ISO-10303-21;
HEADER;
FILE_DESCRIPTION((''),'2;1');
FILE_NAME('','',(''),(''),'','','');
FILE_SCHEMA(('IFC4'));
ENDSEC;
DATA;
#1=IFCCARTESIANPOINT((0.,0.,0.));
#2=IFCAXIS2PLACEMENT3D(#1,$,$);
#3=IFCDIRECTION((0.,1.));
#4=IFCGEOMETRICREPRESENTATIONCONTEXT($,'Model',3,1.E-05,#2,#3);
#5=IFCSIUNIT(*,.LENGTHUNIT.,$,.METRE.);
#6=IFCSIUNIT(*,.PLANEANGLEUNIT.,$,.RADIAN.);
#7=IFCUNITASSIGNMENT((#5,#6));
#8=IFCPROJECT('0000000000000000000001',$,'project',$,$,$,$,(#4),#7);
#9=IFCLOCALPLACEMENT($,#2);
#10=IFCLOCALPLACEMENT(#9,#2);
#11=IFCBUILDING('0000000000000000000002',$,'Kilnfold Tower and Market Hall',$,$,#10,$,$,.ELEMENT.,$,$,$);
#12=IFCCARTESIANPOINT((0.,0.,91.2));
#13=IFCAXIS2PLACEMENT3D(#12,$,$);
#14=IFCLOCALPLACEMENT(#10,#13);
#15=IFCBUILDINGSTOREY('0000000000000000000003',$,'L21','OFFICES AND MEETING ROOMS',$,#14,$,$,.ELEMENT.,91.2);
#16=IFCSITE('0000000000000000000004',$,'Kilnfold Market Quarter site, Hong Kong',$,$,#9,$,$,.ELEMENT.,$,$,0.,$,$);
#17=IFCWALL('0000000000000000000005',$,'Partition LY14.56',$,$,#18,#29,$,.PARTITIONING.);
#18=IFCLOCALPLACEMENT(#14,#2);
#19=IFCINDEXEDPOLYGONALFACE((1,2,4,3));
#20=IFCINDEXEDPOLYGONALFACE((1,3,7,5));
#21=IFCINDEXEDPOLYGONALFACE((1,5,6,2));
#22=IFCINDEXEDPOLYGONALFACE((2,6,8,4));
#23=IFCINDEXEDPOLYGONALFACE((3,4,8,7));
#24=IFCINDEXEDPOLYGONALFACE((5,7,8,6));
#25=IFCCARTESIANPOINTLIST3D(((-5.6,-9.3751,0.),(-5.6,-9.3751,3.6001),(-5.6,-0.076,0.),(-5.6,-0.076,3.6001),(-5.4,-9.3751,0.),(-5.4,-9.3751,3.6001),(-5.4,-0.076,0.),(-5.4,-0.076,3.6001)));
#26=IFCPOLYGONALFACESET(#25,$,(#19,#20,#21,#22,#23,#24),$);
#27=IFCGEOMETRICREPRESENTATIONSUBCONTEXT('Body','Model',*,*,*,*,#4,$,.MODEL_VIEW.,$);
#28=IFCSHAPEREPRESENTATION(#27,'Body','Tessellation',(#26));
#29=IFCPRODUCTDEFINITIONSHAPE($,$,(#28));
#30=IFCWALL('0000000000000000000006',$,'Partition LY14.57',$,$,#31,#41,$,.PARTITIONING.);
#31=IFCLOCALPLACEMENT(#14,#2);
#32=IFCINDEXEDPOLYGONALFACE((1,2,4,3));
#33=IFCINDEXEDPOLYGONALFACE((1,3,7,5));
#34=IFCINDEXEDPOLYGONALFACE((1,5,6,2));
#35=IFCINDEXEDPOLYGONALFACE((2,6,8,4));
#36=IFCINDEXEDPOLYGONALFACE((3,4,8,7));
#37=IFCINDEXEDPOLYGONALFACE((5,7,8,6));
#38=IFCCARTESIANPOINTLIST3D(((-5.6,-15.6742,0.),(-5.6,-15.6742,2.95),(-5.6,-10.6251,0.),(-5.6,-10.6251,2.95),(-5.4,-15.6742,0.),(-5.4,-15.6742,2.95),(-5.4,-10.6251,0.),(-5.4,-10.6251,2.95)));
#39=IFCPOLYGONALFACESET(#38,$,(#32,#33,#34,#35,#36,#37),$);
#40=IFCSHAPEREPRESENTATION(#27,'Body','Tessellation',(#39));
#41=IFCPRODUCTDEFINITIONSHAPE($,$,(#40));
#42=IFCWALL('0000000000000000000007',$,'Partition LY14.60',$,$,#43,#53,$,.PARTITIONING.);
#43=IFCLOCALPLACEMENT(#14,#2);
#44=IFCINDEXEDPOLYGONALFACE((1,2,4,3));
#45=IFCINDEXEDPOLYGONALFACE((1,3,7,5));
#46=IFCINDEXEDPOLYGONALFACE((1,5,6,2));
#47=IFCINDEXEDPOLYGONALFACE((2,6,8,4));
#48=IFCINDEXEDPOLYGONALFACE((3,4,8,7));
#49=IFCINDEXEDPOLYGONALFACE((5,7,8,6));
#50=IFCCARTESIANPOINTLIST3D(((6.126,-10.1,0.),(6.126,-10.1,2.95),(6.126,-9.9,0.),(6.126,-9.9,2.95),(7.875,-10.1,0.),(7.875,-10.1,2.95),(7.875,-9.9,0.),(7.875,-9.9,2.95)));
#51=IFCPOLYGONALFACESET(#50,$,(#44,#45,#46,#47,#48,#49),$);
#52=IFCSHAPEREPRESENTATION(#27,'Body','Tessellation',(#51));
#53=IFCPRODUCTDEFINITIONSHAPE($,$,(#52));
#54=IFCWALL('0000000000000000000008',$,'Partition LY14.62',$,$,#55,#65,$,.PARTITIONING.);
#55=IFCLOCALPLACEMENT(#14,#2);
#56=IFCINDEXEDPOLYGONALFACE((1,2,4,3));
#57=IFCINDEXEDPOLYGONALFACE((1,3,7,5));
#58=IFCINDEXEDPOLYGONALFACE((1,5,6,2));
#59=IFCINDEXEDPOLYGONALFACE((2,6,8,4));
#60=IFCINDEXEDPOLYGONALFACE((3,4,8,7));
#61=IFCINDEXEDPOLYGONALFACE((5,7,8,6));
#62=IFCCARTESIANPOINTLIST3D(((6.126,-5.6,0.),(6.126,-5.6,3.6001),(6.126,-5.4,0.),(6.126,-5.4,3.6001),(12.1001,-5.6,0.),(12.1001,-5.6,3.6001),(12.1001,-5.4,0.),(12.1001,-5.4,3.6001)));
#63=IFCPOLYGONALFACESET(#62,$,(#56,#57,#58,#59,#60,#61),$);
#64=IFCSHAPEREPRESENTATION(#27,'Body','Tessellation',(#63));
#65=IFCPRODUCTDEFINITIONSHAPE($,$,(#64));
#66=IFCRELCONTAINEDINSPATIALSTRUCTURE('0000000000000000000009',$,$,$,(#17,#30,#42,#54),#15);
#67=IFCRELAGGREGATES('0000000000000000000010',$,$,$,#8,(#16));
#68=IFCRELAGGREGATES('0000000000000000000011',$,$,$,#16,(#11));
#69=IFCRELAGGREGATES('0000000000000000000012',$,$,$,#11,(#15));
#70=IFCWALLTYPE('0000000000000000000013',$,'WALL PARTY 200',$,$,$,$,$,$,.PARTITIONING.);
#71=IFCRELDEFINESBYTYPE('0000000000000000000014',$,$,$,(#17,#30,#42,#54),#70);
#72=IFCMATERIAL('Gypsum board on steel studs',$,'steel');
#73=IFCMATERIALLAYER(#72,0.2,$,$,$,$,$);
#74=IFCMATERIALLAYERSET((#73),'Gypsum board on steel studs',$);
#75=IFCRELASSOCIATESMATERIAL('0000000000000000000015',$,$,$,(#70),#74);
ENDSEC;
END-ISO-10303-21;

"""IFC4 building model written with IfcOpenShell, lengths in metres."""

from ifc_helpers import new_model, si_unit, direction, frame, frame_2d, origin, place, context, subcontext, project, spatial, rectangle, extrude, material, layer, layer_set, type_object, element, save


model = new_model("IFC4")

# Units and contexts
model_context = context("Model", 3, precision=1e-05, world=origin(), true_north=direction((0.0, 1.0)))
body_context = subcontext(model_context, "Body", "Model", "MODEL_VIEW")
ifc_project = project(units=[si_unit("LENGTHUNIT", "METRE"), si_unit("PLANEANGLEUNIT", "RADIAN")], contexts=[model_context])

# Site, building, storey
site_placement = place(None, origin())
site = spatial("IfcSite", under=ifc_project, at=site_placement, Name="Kilnfold Market Quarter site, Hong Kong", CompositionType="ELEMENT", RefElevation=0.0)
building_placement = place(site_placement, origin())
building = spatial("IfcBuilding", under=site, at=building_placement, Name="Kilnfold Tower and Market Hall", CompositionType="ELEMENT")
storey_placement = place(building_placement, frame((0.0, 0.0, 91.2)))
storey = spatial("IfcBuildingStorey", under=building, at=storey_placement, Name="L21", Description="OFFICES AND MEETING ROOMS", CompositionType="ELEMENT", Elevation=91.2)

# Walls
ifc_material_1 = material(Name="Gypsum board on steel studs", Category="steel")
ifc_layer_1 = layer(ifc_material_1, 0.2)
ifc_layer_set_1 = layer_set([ifc_layer_1], Name="Gypsum board on steel studs")
wall_type_1 = type_object("IfcWallType", Name="WALL PARTY 200", PredefinedType="PARTITIONING", material=ifc_layer_set_1)
wall_1_placement = place(storey_placement, frame((-5.5, -9.375, 0.0), z_axis=(0.0, 0.0, 1.0), x_axis=(0.0, 1.0, 0.0)))
element("IfcWall", 1, at=wall_1_placement, inside=storey, type_object=wall_type_1, Name="Partition LY14.56", PredefinedType="PARTITIONING", context=body_context, shape_type="SweptSolid", body=[
    extrude(rectangle(XDim=9.2991, YDim=0.2, at=frame_2d((4.6494, 0.0))), origin(), (0.0, 0.0, 1.0), 3.6001),
])
wall_2_placement = place(storey_placement, frame((-5.5, -15.6741, 0.0), z_axis=(0.0, 0.0, 1.0), x_axis=(0.0, 1.0, 0.0)))
element("IfcWall", 2, at=wall_2_placement, inside=storey, type_object=wall_type_1, Name="Partition LY14.57", PredefinedType="PARTITIONING", context=body_context, shape_type="SweptSolid", body=[
    extrude(rectangle(XDim=5.0491, YDim=0.2, at=frame_2d((2.5244, 0.0))), origin(), (0.0, 0.0, 1.0), 2.95),
])
wall_3_placement = place(storey_placement, frame((6.126, -10.0, 0.0), z_axis=(0.0, 0.0, 1.0), x_axis=(1.0, 0.0, 0.0)))
element("IfcWall", 3, at=wall_3_placement, inside=storey, type_object=wall_type_1, Name="Partition LY14.60", PredefinedType="PARTITIONING", context=body_context, shape_type="SweptSolid", body=[
    extrude(rectangle(XDim=1.749, YDim=0.2, at=frame_2d((0.8745, 0.0))), origin(), (0.0, 0.0, 1.0), 2.95),
])
wall_4_placement = place(storey_placement, frame((6.126, -5.5, 0.0), z_axis=(0.0, 0.0, 1.0), x_axis=(1.0, 0.0, 0.0)))
element("IfcWall", 4, at=wall_4_placement, inside=storey, type_object=wall_type_1, Name="Partition LY14.62", PredefinedType="PARTITIONING", context=body_context, shape_type="SweptSolid", body=[
    extrude(rectangle(XDim=5.9741, YDim=0.2, at=frame_2d((2.9871, 0.0))), origin(), (0.0, 0.0, 1.0), 3.6001),
])

save(model, "model.ifc")
